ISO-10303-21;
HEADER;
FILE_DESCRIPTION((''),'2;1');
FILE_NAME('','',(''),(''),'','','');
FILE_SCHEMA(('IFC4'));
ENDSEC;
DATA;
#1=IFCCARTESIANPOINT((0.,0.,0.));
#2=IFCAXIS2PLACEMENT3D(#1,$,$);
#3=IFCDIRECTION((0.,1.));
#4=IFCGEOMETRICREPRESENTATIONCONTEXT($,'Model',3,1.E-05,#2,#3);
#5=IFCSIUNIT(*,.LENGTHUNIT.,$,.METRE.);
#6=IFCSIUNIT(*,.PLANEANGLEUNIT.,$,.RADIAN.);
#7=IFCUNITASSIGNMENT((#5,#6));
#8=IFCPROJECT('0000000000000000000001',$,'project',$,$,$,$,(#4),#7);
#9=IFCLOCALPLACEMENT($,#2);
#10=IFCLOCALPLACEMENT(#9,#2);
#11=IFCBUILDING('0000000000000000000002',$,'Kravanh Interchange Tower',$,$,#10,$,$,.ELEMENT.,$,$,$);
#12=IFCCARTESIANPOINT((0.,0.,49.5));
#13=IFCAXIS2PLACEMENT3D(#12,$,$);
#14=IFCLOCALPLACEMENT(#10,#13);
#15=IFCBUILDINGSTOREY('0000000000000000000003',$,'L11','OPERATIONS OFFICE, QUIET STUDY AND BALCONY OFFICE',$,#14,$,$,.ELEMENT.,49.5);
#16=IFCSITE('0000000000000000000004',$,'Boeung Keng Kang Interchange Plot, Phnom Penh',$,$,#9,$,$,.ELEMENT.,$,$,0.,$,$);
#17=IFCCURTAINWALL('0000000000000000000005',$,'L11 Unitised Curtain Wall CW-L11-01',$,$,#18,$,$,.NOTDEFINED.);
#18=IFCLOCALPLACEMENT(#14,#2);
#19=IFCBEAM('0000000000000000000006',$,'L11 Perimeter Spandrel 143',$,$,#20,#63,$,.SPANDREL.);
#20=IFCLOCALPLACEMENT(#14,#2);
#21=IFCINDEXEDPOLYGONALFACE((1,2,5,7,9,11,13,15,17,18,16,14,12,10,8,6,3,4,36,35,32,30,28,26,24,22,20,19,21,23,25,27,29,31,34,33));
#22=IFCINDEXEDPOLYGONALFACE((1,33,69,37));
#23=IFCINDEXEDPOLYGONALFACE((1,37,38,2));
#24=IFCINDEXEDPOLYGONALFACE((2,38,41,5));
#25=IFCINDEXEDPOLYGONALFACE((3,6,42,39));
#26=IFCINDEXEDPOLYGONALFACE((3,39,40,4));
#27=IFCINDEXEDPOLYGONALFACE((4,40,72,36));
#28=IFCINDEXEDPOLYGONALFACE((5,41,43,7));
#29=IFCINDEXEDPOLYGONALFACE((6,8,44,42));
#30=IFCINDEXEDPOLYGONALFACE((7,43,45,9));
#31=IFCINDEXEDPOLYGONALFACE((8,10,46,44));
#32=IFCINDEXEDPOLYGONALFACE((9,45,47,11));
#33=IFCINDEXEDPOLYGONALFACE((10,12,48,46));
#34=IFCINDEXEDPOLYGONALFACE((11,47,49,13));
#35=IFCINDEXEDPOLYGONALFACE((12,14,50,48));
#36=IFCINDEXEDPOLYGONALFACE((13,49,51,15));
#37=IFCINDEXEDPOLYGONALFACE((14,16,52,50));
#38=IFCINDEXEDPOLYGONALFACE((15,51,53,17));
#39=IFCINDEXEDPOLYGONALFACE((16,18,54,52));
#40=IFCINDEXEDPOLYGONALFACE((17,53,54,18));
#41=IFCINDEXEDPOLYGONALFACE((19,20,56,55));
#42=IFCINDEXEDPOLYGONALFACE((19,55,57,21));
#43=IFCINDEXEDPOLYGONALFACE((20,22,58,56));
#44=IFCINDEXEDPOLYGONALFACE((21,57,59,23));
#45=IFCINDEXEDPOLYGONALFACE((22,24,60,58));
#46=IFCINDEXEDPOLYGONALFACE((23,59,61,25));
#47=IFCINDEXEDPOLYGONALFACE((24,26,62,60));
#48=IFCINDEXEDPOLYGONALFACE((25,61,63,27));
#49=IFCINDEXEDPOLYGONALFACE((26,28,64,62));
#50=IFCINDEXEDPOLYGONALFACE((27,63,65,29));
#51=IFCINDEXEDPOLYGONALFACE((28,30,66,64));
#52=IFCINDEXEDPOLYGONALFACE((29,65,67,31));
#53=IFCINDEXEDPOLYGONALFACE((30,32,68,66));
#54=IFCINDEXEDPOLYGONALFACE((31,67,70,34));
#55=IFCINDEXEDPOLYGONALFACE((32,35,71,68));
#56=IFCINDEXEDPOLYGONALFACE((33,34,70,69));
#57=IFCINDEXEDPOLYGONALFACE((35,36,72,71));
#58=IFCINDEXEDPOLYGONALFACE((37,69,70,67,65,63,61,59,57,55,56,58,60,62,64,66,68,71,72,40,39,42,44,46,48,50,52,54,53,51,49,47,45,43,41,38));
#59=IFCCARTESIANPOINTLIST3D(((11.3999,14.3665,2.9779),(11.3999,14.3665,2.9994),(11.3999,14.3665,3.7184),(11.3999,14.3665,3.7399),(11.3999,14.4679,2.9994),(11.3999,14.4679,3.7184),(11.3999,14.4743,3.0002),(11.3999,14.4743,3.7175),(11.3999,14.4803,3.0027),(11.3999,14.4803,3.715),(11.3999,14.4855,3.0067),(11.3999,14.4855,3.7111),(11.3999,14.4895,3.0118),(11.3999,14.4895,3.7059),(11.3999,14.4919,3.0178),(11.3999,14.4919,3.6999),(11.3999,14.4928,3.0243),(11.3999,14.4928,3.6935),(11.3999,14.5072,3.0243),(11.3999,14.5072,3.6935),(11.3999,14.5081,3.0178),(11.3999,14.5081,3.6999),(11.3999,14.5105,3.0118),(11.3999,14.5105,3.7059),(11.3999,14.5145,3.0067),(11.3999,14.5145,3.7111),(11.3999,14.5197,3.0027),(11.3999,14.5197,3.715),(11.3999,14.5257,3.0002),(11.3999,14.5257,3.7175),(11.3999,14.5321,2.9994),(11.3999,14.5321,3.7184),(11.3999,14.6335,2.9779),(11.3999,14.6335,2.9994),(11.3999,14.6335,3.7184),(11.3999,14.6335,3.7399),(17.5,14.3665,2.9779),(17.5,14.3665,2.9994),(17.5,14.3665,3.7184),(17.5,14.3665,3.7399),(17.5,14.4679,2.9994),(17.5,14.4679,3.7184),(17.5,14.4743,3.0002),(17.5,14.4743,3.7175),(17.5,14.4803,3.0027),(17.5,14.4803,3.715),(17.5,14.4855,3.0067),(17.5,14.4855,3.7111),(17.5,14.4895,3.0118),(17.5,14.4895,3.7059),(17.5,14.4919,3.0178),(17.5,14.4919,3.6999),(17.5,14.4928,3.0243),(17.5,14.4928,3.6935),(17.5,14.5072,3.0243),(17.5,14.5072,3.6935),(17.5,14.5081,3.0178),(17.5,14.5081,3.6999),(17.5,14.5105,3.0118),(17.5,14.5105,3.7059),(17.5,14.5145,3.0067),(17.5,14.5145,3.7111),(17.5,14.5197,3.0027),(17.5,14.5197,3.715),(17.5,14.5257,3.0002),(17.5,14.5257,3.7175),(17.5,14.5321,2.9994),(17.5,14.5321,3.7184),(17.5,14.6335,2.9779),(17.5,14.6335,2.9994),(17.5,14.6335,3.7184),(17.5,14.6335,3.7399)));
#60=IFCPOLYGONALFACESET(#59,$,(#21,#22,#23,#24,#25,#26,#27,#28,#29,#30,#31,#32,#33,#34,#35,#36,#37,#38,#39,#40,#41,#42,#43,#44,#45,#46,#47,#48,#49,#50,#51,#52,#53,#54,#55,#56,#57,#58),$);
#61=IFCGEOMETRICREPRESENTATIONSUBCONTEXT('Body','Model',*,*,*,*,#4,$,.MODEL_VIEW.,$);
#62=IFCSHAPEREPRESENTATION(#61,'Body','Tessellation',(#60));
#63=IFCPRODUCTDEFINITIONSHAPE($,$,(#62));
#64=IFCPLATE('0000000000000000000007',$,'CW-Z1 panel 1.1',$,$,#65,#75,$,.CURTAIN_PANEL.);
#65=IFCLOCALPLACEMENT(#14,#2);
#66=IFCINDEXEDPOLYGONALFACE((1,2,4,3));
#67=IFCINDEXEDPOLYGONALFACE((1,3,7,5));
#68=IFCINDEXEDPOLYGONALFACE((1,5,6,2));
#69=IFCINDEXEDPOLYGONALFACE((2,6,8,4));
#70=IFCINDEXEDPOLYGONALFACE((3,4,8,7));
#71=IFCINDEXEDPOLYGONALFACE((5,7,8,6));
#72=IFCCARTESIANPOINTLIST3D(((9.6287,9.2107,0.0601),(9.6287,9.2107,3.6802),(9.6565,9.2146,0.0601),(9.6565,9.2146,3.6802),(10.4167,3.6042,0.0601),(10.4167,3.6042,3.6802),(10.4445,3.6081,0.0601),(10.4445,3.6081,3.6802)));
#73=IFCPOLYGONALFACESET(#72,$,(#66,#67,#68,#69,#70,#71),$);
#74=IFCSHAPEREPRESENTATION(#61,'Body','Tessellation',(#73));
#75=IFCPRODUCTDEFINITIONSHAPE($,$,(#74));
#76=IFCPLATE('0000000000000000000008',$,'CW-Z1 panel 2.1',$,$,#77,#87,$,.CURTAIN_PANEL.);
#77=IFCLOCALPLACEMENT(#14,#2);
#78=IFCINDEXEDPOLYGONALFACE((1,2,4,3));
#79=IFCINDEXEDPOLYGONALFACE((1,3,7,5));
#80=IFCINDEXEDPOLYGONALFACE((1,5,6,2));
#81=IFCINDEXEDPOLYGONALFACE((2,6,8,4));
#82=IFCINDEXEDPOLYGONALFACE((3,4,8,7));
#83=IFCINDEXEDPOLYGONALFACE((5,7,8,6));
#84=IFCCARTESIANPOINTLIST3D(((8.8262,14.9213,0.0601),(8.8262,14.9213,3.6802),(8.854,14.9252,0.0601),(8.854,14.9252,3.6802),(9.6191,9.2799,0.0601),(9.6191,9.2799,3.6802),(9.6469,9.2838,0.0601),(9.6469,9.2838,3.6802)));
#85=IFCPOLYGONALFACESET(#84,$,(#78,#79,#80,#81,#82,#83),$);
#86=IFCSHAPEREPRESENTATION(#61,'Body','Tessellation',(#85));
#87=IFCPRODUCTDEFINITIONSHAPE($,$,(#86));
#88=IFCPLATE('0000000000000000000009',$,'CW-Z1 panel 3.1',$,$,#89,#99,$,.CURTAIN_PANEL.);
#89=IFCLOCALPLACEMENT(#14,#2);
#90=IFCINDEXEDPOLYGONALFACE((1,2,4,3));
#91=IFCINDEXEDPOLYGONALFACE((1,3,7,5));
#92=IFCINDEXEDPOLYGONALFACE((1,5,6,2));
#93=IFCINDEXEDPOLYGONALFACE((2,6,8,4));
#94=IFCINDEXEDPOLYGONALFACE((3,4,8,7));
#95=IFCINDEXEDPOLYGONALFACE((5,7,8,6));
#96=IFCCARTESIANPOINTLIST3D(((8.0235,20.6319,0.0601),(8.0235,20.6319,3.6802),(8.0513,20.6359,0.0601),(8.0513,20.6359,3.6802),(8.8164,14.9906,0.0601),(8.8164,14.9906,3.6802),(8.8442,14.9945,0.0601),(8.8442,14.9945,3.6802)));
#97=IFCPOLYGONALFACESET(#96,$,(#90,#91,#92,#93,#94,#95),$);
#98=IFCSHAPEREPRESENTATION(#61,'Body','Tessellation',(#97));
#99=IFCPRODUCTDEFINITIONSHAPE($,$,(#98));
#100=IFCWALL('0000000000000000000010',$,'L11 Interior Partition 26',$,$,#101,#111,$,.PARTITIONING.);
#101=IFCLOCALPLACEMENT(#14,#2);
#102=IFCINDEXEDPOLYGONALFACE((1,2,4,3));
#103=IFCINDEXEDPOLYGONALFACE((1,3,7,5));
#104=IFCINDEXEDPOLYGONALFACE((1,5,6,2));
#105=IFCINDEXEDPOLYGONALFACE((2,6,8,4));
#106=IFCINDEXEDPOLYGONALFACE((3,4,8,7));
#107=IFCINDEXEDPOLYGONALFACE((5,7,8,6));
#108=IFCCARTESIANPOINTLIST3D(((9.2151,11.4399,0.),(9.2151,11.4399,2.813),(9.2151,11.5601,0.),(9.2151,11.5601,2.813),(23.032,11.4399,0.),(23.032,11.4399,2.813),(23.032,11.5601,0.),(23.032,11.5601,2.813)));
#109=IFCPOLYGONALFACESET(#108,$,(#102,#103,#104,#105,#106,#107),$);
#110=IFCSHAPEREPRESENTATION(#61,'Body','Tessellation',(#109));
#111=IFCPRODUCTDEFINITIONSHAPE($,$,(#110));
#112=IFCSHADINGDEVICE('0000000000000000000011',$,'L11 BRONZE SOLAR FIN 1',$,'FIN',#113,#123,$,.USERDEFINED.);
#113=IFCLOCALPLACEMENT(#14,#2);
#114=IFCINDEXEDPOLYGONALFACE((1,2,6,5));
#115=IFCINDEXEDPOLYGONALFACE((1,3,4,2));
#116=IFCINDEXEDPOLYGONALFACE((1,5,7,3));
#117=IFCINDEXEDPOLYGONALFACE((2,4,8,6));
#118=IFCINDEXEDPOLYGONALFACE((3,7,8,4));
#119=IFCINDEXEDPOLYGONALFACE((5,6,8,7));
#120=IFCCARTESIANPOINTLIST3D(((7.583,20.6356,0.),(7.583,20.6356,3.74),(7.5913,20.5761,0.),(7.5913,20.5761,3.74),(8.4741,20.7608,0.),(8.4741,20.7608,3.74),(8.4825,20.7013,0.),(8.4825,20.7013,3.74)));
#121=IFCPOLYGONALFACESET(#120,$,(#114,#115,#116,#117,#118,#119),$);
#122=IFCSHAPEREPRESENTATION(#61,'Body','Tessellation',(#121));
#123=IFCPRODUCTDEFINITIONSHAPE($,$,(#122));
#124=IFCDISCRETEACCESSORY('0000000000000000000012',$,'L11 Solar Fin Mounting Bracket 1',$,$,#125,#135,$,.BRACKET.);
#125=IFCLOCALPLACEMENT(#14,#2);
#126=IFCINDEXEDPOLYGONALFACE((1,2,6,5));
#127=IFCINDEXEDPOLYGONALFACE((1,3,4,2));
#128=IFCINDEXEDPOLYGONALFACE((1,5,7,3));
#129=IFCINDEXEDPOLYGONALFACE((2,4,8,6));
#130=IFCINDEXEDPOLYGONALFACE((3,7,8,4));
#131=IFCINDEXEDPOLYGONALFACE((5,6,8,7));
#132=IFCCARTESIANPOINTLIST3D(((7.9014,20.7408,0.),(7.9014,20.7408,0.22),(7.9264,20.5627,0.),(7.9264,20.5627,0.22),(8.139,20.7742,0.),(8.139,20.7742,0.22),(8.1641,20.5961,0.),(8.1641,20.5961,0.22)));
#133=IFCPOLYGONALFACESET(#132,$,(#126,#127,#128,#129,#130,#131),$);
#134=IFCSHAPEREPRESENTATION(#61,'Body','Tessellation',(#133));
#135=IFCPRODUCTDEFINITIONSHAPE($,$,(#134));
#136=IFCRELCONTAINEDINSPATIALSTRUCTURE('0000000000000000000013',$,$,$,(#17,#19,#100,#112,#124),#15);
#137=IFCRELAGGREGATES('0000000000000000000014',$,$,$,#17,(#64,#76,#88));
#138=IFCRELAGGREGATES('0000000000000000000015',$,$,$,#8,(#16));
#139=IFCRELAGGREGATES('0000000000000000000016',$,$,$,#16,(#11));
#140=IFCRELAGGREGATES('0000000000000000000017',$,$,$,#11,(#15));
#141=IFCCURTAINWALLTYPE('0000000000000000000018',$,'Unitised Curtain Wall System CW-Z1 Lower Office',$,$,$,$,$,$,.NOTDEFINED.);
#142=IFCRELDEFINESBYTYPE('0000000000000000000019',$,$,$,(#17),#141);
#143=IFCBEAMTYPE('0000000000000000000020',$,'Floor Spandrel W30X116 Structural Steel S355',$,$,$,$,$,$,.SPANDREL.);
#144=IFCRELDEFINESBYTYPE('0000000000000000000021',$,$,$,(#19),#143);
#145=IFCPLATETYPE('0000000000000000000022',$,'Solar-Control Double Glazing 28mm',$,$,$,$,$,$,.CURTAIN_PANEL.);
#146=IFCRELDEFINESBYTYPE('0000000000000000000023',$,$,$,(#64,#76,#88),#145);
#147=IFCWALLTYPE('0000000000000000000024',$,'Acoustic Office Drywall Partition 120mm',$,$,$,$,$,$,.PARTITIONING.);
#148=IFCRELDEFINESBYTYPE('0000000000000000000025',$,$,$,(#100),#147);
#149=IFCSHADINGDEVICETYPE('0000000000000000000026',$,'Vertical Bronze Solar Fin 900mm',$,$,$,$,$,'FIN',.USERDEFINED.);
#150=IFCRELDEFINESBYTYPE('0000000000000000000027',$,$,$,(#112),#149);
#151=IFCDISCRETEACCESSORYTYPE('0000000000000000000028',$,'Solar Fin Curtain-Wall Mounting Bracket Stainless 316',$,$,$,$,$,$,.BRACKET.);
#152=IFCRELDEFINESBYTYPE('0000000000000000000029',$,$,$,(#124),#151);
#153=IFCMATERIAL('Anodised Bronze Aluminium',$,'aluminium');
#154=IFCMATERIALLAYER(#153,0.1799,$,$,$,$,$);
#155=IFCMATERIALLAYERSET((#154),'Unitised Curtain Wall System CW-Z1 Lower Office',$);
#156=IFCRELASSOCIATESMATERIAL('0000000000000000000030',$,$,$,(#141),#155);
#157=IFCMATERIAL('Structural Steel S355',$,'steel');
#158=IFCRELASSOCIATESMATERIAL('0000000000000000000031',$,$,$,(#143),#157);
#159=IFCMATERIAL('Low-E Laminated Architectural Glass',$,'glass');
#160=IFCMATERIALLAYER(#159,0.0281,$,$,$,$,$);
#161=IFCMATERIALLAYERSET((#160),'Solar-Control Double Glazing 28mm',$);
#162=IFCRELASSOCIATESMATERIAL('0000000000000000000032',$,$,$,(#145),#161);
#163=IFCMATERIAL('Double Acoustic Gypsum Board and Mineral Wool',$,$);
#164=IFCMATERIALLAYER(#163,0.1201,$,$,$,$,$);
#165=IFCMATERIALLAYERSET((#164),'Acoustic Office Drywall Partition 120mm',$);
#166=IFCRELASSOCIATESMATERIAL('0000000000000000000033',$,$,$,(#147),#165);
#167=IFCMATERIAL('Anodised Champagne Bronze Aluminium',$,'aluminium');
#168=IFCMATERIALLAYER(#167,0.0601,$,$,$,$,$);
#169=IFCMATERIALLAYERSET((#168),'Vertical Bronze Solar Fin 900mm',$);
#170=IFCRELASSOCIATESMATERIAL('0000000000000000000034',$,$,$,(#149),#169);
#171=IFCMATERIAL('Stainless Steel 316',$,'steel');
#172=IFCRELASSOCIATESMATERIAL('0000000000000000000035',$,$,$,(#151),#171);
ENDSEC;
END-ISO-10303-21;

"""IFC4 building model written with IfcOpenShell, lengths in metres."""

from ifc_helpers import new_model, si_unit, direction, frame, frame_2d, origin, origin_2d, place, context, subcontext, project, spatial, rectangle, i_section, extrude, material, layer, layer_set, material_profile, profile_set, type_object, element, aggregate, save


model = new_model("IFC4")

# Units and contexts
model_context = context("Model", 3, precision=1e-05, world=origin(), true_north=direction((0.0, 1.0)))
body_context = subcontext(model_context, "Body", "Model", "MODEL_VIEW")
ifc_project = project(units=[si_unit("LENGTHUNIT", "METRE"), si_unit("PLANEANGLEUNIT", "RADIAN")], contexts=[model_context])

# Site, building, storey
site_placement = place(None, origin())
site = spatial("IfcSite", under=ifc_project, at=site_placement, Name="Boeung Keng Kang Interchange Plot, Phnom Penh", CompositionType="ELEMENT", RefElevation=0.0)
building_placement = place(site_placement, origin())
building = spatial("IfcBuilding", under=site, at=building_placement, Name="Kravanh Interchange Tower", CompositionType="ELEMENT")
storey_placement = place(building_placement, frame((0.0, 0.0, 49.5)))
storey = spatial("IfcBuildingStorey", under=building, at=storey_placement, Name="L11", Description="OPERATIONS OFFICE, QUIET STUDY AND BALCONY OFFICE", CompositionType="ELEMENT", Elevation=49.5)

# Curtain wall
ifc_material_1 = material(Name="Anodised Bronze Aluminium", Category="aluminium")
ifc_layer_1 = layer(ifc_material_1, 0.1799)
ifc_layer_set_1 = layer_set([ifc_layer_1], Name="Unitised Curtain Wall System CW-Z1 Lower Office")
curtain_wall_type = type_object("IfcCurtainWallType", Name="Unitised Curtain Wall System CW-Z1 Lower Office", PredefinedType="NOTDEFINED", material=ifc_layer_set_1)
curtain_wall_placement = place(storey_placement, origin())
curtain_wall = element("IfcCurtainWall", 1, at=curtain_wall_placement, inside=storey, type_object=curtain_wall_type, Name="L11 Unitised Curtain Wall CW-L11-01", PredefinedType="NOTDEFINED")

# Beam
ifc_material_2 = material(Name="Structural Steel S355", Category="steel")
ifc_material_profile_1 = material_profile(ifc_material_2, i_section(OverallWidth=0.2671, OverallDepth=0.762, WebThickness=0.0144, FlangeThickness=0.0215, FilletRadius=0.0249, at=origin_2d()), Name="W30X116")
ifc_profile_set_1 = profile_set([ifc_material_profile_1], Name="Structural Steel S355")
beam_type_1 = type_object("IfcBeamType", Name="Floor Spandrel W30X116 Structural Steel S355", PredefinedType="SPANDREL", material=ifc_profile_set_1)
beam_1_placement = place(storey_placement, frame((11.3999, 14.5, 3.3589), z_axis=(1.0, 0.0, 0.0), x_axis=(0.0, 1.0, 0.0)))
element("IfcBeam", 2, at=beam_1_placement, inside=storey, type_object=beam_type_1, Name="L11 Perimeter Spandrel 143", PredefinedType="SPANDREL", context=body_context, shape_type="SweptSolid", body=[
    extrude(i_section(OverallWidth=0.2671, OverallDepth=0.762, WebThickness=0.0144, FlangeThickness=0.0215, FilletRadius=0.0249, at=origin_2d()), origin(), (0.0, 0.0, 1.0), 6.1001),
])

# Plates
ifc_material_3 = material(Name="Low-E Laminated Architectural Glass", Category="glass")
ifc_layer_2 = layer(ifc_material_3, 0.0281)
ifc_layer_set_2 = layer_set([ifc_layer_2], Name="Solar-Control Double Glazing 28mm")
plate_type = type_object("IfcPlateType", Name="Solar-Control Double Glazing 28mm", PredefinedType="CURTAIN_PANEL", material=ifc_layer_set_2)
plate_1_placement = place(storey_placement, frame((10.0366, 6.4094, 0.0601), z_axis=(0.0, 0.0, 1.0), x_axis=(-0.139177, 0.990268, 0.0)))
plate_1 = element("IfcPlate", 3, at=plate_1_placement, type_object=plate_type, Name="CW-Z1 panel 1.1", PredefinedType="CURTAIN_PANEL", context=body_context, shape_type="SweptSolid", body=[
    extrude(rectangle(XDim=5.6616, YDim=0.0281, at=origin_2d()), origin(), (0.0, 0.0, 1.0), 3.6201),
])
plate_2_placement = place(storey_placement, frame((9.2366, 12.1025, 0.0601), z_axis=(0.0, 0.0, 1.0), x_axis=(-0.139177, 0.990268, 0.0)))
plate_2 = element("IfcPlate", 4, at=plate_2_placement, type_object=plate_type, Name="CW-Z1 panel 2.1", PredefinedType="CURTAIN_PANEL", context=body_context, shape_type="SweptSolid", body=[
    extrude(rectangle(XDim=5.6968, YDim=0.0281, at=origin_2d()), origin(), (0.0, 0.0, 1.0), 3.6201),
])
plate_3_placement = place(storey_placement, frame((8.4338, 17.8132, 0.0601), z_axis=(0.0, 0.0, 1.0), x_axis=(-0.139177, 0.990268, 0.0)))
plate_3 = element("IfcPlate", 5, at=plate_3_placement, type_object=plate_type, Name="CW-Z1 panel 3.1", PredefinedType="CURTAIN_PANEL", context=body_context, shape_type="SweptSolid", body=[
    extrude(rectangle(XDim=5.6968, YDim=0.0281, at=origin_2d()), origin(), (0.0, 0.0, 1.0), 3.6201),
])
aggregate(curtain_wall, [plate_1, plate_2, plate_3])

# Wall
ifc_material_4 = material(Name="Double Acoustic Gypsum Board and Mineral Wool")
ifc_layer_3 = layer(ifc_material_4, 0.1201)
ifc_layer_set_3 = layer_set([ifc_layer_3], Name="Acoustic Office Drywall Partition 120mm")
wall_type = type_object("IfcWallType", Name="Acoustic Office Drywall Partition 120mm", PredefinedType="PARTITIONING", material=ifc_layer_set_3)
wall_placement = place(storey_placement, frame((9.2151, 11.5, 0.0), z_axis=(0.0, 0.0, 1.0), x_axis=(1.0, 0.0, 0.0)))
element("IfcWall", 6, at=wall_placement, inside=storey, type_object=wall_type, Name="L11 Interior Partition 26", PredefinedType="PARTITIONING", context=body_context, shape_type="SweptSolid", body=[
    extrude(rectangle(XDim=13.8169, YDim=0.1201, at=frame_2d((6.9084, 0.0))), origin(), (0.0, 0.0, 1.0), 2.813),
])

# Shading device
ifc_material_5 = material(Name="Anodised Champagne Bronze Aluminium", Category="aluminium")
ifc_layer_4 = layer(ifc_material_5, 0.0601)
ifc_layer_set_4 = layer_set([ifc_layer_4], Name="Vertical Bronze Solar Fin 900mm")
shading_device_type = type_object("IfcShadingDeviceType", Name="Vertical Bronze Solar Fin 900mm", ElementType="FIN", PredefinedType="USERDEFINED", material=ifc_layer_set_4)
shading_device_placement = place(storey_placement, frame((8.0327, 20.6685, 0.0), z_axis=(0.0, 0.0, 1.0), x_axis=(-0.990268, -0.139175, 0.0)))
element("IfcShadingDevice", 7, at=shading_device_placement, inside=storey, type_object=shading_device_type, Name="L11 BRONZE SOLAR FIN 1", ObjectType="FIN", PredefinedType="USERDEFINED", context=body_context, shape_type="SweptSolid", body=[
    extrude(rectangle(XDim=0.8999, YDim=0.0601, at=origin_2d()), origin(), (0.0, 0.0, 1.0), 3.74),
])

# Discrete accessory
ifc_material_6 = material(Name="Stainless Steel 316", Category="steel")
discrete_accessory_type = type_object("IfcDiscreteAccessoryType", Name="Solar Fin Curtain-Wall Mounting Bracket Stainless 316", PredefinedType="BRACKET", material=ifc_material_6)
discrete_accessory_placement = place(storey_placement, frame((8.0327, 20.6685, 0.0), z_axis=(0.0, 0.0, 1.0), x_axis=(-0.990268, -0.139175, 0.0)))
element("IfcDiscreteAccessory", 8, at=discrete_accessory_placement, inside=storey, type_object=discrete_accessory_type, Name="L11 Solar Fin Mounting Bracket 1", PredefinedType="BRACKET", context=body_context, shape_type="SweptSolid", body=[
    extrude(rectangle(XDim=0.24, YDim=0.1799, at=origin_2d()), origin(), (0.0, 0.0, 1.0), 0.22),
])

save(model, "model.ifc")
